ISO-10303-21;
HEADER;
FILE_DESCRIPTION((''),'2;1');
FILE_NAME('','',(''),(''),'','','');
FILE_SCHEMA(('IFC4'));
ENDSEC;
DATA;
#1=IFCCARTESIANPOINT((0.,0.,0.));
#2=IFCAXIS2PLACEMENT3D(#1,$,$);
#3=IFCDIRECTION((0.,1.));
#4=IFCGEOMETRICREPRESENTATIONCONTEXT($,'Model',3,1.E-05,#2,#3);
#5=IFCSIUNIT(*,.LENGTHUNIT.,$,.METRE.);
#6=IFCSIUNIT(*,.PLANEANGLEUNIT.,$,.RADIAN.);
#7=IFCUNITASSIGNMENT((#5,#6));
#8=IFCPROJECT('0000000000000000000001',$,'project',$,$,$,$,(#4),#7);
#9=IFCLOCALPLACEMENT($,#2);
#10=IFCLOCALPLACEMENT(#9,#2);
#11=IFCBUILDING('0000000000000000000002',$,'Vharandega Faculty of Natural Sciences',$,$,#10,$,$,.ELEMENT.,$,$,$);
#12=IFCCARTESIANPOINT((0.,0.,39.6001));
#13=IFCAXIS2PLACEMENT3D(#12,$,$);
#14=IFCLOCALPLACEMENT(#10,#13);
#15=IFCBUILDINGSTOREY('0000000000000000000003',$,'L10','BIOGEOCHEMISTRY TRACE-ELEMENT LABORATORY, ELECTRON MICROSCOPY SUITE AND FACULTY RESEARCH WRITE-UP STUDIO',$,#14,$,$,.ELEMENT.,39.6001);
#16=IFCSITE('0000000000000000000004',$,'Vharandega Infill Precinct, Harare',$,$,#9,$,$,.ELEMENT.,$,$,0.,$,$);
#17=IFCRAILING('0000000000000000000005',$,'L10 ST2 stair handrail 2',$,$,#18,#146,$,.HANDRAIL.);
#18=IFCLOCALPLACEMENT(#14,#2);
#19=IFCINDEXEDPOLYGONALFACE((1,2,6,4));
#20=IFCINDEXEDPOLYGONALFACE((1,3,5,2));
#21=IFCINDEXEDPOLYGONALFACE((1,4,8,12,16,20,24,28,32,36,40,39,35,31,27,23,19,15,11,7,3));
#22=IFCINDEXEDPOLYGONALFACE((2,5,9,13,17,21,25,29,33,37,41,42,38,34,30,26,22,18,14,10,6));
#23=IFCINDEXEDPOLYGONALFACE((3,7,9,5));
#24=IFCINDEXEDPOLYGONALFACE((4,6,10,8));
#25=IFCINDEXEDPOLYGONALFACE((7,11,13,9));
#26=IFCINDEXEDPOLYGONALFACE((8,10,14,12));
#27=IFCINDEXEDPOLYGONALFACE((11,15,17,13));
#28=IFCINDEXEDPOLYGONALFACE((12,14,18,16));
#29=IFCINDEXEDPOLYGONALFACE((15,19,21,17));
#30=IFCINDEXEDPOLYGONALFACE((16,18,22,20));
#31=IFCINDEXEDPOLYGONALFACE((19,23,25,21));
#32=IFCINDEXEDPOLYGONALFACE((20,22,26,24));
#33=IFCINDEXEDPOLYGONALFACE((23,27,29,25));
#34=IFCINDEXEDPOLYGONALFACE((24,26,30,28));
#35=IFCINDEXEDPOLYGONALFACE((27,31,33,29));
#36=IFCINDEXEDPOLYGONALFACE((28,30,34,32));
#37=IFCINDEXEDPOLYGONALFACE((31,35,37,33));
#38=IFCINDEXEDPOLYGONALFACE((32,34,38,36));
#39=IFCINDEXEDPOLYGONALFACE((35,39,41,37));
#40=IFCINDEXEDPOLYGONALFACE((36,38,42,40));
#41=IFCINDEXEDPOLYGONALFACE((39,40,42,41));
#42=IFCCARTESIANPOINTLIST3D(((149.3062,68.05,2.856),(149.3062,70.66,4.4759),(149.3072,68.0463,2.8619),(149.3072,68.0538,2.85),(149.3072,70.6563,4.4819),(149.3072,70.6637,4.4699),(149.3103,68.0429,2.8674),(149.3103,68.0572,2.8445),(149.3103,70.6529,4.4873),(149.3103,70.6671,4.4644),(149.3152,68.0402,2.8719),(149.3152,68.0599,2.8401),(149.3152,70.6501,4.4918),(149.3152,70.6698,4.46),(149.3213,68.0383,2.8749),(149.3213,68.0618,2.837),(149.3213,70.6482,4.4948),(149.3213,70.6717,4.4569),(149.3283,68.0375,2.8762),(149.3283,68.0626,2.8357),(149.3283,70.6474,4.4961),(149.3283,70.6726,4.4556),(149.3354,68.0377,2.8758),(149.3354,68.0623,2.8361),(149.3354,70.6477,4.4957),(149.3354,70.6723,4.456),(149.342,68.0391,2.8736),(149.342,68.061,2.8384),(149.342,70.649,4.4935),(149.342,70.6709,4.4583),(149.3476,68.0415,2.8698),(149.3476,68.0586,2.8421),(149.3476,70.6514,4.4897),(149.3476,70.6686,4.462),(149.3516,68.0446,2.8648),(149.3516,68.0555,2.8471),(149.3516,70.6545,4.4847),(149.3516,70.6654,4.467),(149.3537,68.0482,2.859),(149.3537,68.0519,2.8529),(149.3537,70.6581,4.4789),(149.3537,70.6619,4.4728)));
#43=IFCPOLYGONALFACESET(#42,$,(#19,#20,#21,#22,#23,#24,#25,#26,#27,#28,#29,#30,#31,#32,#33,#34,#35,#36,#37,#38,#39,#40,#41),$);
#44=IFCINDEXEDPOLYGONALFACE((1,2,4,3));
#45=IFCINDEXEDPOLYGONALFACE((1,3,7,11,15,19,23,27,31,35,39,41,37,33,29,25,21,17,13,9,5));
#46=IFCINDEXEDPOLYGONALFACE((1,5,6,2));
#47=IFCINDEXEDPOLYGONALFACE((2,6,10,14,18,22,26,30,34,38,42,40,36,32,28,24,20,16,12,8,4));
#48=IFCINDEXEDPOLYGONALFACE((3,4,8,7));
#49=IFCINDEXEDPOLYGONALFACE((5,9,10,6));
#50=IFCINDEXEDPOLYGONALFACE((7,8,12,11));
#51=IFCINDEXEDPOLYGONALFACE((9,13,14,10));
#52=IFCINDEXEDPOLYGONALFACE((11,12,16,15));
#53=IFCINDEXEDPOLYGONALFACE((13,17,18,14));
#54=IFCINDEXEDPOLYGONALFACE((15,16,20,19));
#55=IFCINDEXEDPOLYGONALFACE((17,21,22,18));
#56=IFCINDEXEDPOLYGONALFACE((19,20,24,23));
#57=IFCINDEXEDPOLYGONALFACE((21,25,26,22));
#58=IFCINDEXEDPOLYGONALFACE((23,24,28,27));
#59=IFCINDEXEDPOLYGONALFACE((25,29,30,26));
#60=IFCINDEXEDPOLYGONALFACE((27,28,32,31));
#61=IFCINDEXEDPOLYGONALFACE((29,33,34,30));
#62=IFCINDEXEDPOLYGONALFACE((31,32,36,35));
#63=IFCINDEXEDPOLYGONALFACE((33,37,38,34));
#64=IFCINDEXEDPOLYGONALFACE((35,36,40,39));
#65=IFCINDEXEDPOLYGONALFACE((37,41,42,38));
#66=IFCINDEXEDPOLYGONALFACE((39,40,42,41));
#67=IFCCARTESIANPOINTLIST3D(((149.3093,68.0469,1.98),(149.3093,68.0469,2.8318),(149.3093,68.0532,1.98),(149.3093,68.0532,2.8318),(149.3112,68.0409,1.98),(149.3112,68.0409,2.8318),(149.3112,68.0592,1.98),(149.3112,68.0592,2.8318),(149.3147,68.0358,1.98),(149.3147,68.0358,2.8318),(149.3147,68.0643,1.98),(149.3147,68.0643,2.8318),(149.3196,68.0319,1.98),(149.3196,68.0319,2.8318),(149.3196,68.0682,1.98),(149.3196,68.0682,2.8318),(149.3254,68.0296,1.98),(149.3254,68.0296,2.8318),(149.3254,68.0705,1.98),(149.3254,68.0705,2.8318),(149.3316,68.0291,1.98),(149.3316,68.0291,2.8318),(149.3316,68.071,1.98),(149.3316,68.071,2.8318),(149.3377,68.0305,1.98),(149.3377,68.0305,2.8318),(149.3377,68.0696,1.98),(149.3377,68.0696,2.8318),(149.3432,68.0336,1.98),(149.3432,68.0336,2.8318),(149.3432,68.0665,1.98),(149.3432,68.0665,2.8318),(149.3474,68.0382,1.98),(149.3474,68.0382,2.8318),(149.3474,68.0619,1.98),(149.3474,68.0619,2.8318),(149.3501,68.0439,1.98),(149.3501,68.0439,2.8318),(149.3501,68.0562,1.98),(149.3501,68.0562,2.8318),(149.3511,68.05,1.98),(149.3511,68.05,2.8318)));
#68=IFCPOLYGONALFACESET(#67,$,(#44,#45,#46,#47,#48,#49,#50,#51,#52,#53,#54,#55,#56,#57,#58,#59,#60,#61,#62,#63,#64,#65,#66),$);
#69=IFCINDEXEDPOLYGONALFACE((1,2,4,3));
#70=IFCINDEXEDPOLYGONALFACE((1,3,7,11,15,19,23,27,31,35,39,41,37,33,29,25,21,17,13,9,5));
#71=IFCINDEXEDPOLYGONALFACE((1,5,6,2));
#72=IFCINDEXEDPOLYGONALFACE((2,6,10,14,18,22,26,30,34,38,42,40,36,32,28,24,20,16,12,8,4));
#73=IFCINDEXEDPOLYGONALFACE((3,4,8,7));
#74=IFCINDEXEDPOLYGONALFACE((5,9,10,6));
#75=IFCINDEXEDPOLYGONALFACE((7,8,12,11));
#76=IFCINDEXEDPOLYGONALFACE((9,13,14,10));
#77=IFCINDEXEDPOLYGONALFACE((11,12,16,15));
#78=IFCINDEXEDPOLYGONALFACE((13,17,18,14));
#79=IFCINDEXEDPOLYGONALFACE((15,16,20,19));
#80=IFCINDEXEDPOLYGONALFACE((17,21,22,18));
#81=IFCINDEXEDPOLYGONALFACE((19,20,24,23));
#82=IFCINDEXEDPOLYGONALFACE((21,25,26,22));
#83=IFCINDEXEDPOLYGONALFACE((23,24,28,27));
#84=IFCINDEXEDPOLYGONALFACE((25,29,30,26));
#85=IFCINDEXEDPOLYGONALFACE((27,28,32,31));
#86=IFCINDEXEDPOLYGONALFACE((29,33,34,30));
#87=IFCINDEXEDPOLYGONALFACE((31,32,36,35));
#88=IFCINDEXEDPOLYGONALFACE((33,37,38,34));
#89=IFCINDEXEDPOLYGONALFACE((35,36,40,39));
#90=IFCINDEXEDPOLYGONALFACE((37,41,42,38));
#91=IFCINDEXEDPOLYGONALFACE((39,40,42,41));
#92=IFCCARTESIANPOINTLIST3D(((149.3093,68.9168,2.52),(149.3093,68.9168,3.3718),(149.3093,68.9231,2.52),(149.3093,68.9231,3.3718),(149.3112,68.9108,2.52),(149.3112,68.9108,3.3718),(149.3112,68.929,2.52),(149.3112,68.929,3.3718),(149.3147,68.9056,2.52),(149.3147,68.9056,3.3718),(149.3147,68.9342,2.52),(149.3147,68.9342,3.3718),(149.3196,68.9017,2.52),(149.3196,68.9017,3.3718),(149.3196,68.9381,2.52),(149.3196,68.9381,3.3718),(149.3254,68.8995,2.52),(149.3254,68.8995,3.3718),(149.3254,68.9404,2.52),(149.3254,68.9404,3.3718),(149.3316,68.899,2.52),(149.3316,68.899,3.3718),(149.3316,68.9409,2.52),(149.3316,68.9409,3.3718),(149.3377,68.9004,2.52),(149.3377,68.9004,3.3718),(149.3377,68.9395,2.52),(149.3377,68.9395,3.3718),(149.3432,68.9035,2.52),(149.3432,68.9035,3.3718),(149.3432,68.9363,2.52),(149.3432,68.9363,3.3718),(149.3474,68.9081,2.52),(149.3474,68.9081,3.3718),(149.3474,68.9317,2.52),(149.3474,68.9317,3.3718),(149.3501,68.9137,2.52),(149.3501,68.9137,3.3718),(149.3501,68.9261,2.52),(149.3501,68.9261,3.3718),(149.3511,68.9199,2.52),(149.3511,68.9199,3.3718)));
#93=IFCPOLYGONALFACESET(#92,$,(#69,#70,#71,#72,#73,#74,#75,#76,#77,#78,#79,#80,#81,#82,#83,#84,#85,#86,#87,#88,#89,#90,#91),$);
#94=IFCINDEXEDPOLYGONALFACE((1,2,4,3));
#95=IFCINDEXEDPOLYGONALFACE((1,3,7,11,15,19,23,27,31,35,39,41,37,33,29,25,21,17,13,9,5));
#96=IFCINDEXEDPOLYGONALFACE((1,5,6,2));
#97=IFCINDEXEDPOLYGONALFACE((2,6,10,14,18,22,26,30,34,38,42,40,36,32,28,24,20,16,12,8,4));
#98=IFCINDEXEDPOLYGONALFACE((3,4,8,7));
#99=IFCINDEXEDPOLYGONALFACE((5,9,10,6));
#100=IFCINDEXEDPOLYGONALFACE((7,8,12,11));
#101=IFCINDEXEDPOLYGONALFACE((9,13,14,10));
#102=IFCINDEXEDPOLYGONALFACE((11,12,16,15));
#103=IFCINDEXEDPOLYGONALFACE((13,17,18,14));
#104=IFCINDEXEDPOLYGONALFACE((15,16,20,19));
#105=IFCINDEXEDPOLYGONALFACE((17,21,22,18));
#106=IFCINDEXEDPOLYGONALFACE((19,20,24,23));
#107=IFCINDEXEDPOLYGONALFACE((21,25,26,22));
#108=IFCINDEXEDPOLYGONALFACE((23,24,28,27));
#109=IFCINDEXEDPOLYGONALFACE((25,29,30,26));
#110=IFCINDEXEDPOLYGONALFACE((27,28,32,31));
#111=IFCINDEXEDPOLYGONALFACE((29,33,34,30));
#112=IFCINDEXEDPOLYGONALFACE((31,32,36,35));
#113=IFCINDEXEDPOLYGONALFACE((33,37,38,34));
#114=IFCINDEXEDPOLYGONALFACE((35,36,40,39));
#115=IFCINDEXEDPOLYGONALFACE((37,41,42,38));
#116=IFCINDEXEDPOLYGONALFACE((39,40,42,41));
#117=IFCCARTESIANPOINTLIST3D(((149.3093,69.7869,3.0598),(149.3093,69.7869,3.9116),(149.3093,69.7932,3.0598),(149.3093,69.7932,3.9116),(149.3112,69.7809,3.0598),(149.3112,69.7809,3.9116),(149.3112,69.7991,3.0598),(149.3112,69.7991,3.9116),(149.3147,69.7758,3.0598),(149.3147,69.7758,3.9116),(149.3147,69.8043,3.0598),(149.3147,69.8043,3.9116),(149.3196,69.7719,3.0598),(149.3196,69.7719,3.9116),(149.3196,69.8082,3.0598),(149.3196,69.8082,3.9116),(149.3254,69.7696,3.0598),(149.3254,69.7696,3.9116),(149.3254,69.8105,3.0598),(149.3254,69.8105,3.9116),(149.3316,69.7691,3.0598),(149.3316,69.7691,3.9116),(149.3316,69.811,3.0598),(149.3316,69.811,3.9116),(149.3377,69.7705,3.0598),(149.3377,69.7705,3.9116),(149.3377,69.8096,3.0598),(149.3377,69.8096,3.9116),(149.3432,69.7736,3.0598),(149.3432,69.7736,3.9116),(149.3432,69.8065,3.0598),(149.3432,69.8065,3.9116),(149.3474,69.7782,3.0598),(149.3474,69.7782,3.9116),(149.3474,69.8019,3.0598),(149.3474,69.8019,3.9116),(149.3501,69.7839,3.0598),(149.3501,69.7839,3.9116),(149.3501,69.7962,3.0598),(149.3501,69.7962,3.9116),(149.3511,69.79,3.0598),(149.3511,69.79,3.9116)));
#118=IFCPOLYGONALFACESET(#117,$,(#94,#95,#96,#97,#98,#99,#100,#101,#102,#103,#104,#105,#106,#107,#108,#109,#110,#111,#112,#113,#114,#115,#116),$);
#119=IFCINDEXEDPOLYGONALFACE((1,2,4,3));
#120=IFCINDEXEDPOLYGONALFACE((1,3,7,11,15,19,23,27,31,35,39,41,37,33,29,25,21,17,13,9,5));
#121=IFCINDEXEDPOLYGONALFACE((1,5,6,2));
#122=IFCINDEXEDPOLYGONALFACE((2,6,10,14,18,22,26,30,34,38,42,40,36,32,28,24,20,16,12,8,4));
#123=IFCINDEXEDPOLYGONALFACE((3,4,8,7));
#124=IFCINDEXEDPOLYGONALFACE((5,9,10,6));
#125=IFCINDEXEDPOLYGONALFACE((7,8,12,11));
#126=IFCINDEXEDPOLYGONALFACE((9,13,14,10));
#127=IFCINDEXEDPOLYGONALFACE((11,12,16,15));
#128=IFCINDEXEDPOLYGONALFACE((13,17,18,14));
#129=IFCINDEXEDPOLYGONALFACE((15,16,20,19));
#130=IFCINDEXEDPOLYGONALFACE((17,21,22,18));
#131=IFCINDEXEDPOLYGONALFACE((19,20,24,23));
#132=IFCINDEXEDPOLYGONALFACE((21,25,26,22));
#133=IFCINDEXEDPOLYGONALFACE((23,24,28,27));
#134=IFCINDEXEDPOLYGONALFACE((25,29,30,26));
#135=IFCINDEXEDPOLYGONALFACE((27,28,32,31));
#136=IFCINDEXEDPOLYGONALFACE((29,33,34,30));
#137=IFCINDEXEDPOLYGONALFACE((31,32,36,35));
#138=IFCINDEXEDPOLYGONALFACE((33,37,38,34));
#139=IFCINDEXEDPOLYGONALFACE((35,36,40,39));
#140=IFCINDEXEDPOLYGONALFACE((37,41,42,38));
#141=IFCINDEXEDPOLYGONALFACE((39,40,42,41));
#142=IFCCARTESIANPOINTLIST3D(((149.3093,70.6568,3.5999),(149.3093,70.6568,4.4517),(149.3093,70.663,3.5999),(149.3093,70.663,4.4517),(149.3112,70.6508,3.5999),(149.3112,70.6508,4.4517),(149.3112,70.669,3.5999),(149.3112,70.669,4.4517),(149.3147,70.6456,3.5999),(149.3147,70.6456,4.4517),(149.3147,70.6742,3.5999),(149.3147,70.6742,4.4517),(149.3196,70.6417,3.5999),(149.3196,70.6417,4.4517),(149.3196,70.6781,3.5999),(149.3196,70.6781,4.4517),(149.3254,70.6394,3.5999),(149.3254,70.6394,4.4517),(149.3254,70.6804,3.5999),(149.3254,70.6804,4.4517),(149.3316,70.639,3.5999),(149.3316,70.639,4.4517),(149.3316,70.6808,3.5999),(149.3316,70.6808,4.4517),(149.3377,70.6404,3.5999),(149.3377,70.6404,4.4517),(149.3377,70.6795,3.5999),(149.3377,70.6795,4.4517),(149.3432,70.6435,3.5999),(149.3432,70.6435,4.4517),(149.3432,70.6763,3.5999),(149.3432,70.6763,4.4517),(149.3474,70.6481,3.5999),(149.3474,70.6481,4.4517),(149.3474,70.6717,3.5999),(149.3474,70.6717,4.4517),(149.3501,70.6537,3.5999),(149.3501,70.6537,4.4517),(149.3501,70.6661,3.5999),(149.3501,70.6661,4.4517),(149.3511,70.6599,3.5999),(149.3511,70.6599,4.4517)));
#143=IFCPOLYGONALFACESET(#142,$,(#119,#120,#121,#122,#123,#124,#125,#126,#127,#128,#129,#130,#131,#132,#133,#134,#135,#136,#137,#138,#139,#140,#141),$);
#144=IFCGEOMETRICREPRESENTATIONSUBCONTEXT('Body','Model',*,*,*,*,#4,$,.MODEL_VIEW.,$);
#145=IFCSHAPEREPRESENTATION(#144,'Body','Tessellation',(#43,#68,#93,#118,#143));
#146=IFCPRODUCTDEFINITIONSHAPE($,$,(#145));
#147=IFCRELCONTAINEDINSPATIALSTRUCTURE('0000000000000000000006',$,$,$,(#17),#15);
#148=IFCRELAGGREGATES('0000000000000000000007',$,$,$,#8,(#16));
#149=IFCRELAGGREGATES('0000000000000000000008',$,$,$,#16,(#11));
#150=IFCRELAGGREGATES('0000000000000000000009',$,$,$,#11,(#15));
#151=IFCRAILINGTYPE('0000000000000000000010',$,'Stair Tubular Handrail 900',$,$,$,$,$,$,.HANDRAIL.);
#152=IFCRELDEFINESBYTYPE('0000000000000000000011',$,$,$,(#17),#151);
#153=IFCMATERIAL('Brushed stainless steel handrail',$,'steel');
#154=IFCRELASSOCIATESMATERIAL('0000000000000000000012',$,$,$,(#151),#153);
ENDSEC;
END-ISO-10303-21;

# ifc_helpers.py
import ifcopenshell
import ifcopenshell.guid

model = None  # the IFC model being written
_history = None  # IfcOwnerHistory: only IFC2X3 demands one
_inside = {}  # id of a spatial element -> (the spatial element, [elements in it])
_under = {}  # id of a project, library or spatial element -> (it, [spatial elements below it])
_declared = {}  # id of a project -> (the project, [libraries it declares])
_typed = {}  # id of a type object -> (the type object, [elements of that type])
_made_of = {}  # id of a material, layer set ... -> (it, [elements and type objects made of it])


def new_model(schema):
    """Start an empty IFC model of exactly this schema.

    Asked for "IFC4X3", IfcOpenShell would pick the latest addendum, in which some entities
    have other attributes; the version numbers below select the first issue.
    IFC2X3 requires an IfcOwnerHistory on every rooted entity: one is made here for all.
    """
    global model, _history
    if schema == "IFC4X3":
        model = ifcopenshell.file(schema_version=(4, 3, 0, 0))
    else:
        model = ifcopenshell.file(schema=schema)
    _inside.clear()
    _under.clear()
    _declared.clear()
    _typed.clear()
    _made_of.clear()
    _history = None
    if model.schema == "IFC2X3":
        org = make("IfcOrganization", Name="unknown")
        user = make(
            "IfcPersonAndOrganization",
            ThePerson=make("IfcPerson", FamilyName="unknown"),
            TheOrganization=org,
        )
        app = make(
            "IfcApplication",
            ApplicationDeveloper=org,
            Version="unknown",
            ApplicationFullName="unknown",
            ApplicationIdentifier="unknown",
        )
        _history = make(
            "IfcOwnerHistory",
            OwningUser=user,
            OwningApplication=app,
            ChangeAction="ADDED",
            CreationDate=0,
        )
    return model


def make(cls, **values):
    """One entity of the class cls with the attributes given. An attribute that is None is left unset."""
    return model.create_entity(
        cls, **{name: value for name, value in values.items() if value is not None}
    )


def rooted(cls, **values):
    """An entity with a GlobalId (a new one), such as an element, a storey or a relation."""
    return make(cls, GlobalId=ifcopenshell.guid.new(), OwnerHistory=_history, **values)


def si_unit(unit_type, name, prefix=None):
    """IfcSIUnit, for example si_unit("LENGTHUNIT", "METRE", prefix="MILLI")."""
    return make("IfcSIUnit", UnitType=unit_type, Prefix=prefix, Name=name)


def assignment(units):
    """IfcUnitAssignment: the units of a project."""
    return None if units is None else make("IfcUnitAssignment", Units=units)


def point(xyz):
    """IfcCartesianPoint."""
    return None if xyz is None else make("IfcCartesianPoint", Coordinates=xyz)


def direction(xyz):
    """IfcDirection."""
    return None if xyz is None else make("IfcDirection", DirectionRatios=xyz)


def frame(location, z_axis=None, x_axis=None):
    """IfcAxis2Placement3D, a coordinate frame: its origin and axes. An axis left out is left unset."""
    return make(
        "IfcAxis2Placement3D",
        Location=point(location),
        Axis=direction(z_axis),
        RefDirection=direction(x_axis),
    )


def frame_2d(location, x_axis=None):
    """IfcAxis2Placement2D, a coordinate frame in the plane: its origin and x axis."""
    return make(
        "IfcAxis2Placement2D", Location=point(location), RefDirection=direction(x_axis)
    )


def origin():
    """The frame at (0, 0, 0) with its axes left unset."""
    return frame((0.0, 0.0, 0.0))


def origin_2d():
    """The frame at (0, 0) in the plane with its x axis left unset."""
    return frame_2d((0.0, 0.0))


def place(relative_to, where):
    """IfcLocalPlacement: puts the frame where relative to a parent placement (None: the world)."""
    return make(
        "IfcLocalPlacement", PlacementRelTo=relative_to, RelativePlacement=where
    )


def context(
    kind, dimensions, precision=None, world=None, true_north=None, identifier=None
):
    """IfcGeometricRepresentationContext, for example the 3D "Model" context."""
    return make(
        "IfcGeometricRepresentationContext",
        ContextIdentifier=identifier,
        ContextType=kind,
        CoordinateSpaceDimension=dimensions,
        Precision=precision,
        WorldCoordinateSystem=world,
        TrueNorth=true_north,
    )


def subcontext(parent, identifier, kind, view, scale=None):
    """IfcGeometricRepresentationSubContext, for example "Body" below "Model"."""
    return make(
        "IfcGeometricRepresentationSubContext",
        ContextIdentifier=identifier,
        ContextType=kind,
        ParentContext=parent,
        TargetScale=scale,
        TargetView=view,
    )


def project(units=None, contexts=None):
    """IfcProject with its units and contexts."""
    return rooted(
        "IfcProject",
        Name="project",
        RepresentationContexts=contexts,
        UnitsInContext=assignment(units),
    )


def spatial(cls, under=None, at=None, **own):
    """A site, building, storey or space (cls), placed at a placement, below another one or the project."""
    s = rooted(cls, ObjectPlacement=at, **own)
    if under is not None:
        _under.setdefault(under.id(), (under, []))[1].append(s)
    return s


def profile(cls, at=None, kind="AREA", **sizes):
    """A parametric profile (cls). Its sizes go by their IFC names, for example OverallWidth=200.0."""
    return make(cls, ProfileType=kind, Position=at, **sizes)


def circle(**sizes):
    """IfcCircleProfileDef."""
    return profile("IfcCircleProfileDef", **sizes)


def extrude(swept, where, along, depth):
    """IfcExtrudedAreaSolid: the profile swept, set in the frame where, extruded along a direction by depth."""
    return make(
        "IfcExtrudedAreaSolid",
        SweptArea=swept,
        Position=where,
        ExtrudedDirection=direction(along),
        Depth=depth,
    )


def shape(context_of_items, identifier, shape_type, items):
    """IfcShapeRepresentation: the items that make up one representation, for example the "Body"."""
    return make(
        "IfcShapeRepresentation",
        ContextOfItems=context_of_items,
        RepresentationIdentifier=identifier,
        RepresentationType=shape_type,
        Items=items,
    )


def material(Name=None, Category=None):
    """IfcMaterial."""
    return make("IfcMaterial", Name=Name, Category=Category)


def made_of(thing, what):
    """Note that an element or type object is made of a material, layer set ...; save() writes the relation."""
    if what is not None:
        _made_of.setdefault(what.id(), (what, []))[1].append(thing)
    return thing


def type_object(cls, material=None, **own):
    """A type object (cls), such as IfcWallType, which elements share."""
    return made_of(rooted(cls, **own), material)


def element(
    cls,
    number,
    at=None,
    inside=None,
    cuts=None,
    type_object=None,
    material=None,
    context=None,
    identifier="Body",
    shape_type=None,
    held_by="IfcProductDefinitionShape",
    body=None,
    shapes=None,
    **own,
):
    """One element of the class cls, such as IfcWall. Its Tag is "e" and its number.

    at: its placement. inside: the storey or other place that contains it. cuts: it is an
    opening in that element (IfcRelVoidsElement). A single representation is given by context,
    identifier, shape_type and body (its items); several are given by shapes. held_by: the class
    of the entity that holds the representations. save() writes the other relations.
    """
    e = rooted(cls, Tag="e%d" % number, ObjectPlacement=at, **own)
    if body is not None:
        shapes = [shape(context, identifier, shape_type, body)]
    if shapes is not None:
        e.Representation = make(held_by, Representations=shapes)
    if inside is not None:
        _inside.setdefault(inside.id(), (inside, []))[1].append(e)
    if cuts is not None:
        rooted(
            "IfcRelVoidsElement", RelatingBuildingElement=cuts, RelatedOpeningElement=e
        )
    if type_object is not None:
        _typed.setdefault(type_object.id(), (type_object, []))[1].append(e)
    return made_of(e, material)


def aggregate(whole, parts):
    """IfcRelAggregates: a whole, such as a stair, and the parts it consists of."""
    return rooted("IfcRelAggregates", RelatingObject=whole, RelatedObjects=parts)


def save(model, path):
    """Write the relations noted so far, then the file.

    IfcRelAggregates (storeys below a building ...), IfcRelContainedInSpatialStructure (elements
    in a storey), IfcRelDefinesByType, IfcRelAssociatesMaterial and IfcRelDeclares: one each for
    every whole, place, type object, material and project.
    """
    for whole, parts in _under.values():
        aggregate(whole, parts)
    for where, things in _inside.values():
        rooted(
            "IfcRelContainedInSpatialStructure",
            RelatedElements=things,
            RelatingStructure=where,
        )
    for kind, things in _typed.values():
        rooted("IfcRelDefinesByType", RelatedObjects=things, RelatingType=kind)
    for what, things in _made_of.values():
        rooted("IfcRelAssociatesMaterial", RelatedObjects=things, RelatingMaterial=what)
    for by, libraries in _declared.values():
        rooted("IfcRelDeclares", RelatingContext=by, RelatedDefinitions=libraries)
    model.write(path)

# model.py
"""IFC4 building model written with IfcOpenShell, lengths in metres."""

from ifc_helpers import new_model, si_unit, direction, frame, origin, origin_2d, place, context, subcontext, project, spatial, circle, extrude, material, type_object, element, save


model = new_model("IFC4")

# Units and contexts
model_context = context("Model", 3, precision=1e-05, world=origin(), true_north=direction((0.0, 1.0)))
body_context = subcontext(model_context, "Body", "Model", "MODEL_VIEW")
ifc_project = project(units=[si_unit("LENGTHUNIT", "METRE"), si_unit("PLANEANGLEUNIT", "RADIAN")], contexts=[model_context])

# Site, building, storey
site_placement = place(None, origin())
site = spatial("IfcSite", under=ifc_project, at=site_placement, Name="Vharandega Infill Precinct, Harare", CompositionType="ELEMENT", RefElevation=0.0)
building_placement = place(site_placement, origin())
building = spatial("IfcBuilding", under=site, at=building_placement, Name="Vharandega Faculty of Natural Sciences", CompositionType="ELEMENT")
storey_placement = place(building_placement, frame((0.0, 0.0, 39.6001)))
storey = spatial("IfcBuildingStorey", under=building, at=storey_placement, Name="L10", Description="BIOGEOCHEMISTRY TRACE-ELEMENT LABORATORY, ELECTRON MICROSCOPY SUITE AND FACULTY RESEARCH WRITE-UP STUDIO", CompositionType="ELEMENT", Elevation=39.6001)

# Railing
ifc_material_1 = material(Name="Brushed stainless steel handrail", Category="steel")
railing_type_1 = type_object("IfcRailingType", Name="Stair Tubular Handrail 900", PredefinedType="HANDRAIL", material=ifc_material_1)
railing_1_placement = place(storey_placement, frame((149.3301, 68.05, 1.98)))
element("IfcRailing", 1, at=railing_1_placement, inside=storey, type_object=railing_type_1, Name="L10 ST2 stair handrail 2", PredefinedType="HANDRAIL", context=body_context, shape_type="SweptSolid", body=[
    extrude(circle(Radius=0.0239, at=origin_2d()), frame((0.0, 0.0, 0.876), z_axis=(0.0, 0.849646, 0.527353), x_axis=(-1.0, 0.0, 0.0)), (0.0, 0.0, 1.0), 3.0718),
    extrude(circle(Radius=0.021, at=origin_2d()), origin(), (0.0, 0.0, 1.0), 0.8518),
    extrude(circle(Radius=0.021, at=origin_2d()), frame((0.0, 0.8699, 0.54)), (0.0, 0.0, 1.0), 0.8518),
    extrude(circle(Radius=0.021, at=origin_2d()), frame((0.0, 1.74, 1.0798)), (0.0, 0.0, 1.0), 0.8518),
    extrude(circle(Radius=0.021, at=origin_2d()), frame((0.0, 2.6099, 1.6199)), (0.0, 0.0, 1.0), 0.8518),
])

save(model, "model.ifc")
